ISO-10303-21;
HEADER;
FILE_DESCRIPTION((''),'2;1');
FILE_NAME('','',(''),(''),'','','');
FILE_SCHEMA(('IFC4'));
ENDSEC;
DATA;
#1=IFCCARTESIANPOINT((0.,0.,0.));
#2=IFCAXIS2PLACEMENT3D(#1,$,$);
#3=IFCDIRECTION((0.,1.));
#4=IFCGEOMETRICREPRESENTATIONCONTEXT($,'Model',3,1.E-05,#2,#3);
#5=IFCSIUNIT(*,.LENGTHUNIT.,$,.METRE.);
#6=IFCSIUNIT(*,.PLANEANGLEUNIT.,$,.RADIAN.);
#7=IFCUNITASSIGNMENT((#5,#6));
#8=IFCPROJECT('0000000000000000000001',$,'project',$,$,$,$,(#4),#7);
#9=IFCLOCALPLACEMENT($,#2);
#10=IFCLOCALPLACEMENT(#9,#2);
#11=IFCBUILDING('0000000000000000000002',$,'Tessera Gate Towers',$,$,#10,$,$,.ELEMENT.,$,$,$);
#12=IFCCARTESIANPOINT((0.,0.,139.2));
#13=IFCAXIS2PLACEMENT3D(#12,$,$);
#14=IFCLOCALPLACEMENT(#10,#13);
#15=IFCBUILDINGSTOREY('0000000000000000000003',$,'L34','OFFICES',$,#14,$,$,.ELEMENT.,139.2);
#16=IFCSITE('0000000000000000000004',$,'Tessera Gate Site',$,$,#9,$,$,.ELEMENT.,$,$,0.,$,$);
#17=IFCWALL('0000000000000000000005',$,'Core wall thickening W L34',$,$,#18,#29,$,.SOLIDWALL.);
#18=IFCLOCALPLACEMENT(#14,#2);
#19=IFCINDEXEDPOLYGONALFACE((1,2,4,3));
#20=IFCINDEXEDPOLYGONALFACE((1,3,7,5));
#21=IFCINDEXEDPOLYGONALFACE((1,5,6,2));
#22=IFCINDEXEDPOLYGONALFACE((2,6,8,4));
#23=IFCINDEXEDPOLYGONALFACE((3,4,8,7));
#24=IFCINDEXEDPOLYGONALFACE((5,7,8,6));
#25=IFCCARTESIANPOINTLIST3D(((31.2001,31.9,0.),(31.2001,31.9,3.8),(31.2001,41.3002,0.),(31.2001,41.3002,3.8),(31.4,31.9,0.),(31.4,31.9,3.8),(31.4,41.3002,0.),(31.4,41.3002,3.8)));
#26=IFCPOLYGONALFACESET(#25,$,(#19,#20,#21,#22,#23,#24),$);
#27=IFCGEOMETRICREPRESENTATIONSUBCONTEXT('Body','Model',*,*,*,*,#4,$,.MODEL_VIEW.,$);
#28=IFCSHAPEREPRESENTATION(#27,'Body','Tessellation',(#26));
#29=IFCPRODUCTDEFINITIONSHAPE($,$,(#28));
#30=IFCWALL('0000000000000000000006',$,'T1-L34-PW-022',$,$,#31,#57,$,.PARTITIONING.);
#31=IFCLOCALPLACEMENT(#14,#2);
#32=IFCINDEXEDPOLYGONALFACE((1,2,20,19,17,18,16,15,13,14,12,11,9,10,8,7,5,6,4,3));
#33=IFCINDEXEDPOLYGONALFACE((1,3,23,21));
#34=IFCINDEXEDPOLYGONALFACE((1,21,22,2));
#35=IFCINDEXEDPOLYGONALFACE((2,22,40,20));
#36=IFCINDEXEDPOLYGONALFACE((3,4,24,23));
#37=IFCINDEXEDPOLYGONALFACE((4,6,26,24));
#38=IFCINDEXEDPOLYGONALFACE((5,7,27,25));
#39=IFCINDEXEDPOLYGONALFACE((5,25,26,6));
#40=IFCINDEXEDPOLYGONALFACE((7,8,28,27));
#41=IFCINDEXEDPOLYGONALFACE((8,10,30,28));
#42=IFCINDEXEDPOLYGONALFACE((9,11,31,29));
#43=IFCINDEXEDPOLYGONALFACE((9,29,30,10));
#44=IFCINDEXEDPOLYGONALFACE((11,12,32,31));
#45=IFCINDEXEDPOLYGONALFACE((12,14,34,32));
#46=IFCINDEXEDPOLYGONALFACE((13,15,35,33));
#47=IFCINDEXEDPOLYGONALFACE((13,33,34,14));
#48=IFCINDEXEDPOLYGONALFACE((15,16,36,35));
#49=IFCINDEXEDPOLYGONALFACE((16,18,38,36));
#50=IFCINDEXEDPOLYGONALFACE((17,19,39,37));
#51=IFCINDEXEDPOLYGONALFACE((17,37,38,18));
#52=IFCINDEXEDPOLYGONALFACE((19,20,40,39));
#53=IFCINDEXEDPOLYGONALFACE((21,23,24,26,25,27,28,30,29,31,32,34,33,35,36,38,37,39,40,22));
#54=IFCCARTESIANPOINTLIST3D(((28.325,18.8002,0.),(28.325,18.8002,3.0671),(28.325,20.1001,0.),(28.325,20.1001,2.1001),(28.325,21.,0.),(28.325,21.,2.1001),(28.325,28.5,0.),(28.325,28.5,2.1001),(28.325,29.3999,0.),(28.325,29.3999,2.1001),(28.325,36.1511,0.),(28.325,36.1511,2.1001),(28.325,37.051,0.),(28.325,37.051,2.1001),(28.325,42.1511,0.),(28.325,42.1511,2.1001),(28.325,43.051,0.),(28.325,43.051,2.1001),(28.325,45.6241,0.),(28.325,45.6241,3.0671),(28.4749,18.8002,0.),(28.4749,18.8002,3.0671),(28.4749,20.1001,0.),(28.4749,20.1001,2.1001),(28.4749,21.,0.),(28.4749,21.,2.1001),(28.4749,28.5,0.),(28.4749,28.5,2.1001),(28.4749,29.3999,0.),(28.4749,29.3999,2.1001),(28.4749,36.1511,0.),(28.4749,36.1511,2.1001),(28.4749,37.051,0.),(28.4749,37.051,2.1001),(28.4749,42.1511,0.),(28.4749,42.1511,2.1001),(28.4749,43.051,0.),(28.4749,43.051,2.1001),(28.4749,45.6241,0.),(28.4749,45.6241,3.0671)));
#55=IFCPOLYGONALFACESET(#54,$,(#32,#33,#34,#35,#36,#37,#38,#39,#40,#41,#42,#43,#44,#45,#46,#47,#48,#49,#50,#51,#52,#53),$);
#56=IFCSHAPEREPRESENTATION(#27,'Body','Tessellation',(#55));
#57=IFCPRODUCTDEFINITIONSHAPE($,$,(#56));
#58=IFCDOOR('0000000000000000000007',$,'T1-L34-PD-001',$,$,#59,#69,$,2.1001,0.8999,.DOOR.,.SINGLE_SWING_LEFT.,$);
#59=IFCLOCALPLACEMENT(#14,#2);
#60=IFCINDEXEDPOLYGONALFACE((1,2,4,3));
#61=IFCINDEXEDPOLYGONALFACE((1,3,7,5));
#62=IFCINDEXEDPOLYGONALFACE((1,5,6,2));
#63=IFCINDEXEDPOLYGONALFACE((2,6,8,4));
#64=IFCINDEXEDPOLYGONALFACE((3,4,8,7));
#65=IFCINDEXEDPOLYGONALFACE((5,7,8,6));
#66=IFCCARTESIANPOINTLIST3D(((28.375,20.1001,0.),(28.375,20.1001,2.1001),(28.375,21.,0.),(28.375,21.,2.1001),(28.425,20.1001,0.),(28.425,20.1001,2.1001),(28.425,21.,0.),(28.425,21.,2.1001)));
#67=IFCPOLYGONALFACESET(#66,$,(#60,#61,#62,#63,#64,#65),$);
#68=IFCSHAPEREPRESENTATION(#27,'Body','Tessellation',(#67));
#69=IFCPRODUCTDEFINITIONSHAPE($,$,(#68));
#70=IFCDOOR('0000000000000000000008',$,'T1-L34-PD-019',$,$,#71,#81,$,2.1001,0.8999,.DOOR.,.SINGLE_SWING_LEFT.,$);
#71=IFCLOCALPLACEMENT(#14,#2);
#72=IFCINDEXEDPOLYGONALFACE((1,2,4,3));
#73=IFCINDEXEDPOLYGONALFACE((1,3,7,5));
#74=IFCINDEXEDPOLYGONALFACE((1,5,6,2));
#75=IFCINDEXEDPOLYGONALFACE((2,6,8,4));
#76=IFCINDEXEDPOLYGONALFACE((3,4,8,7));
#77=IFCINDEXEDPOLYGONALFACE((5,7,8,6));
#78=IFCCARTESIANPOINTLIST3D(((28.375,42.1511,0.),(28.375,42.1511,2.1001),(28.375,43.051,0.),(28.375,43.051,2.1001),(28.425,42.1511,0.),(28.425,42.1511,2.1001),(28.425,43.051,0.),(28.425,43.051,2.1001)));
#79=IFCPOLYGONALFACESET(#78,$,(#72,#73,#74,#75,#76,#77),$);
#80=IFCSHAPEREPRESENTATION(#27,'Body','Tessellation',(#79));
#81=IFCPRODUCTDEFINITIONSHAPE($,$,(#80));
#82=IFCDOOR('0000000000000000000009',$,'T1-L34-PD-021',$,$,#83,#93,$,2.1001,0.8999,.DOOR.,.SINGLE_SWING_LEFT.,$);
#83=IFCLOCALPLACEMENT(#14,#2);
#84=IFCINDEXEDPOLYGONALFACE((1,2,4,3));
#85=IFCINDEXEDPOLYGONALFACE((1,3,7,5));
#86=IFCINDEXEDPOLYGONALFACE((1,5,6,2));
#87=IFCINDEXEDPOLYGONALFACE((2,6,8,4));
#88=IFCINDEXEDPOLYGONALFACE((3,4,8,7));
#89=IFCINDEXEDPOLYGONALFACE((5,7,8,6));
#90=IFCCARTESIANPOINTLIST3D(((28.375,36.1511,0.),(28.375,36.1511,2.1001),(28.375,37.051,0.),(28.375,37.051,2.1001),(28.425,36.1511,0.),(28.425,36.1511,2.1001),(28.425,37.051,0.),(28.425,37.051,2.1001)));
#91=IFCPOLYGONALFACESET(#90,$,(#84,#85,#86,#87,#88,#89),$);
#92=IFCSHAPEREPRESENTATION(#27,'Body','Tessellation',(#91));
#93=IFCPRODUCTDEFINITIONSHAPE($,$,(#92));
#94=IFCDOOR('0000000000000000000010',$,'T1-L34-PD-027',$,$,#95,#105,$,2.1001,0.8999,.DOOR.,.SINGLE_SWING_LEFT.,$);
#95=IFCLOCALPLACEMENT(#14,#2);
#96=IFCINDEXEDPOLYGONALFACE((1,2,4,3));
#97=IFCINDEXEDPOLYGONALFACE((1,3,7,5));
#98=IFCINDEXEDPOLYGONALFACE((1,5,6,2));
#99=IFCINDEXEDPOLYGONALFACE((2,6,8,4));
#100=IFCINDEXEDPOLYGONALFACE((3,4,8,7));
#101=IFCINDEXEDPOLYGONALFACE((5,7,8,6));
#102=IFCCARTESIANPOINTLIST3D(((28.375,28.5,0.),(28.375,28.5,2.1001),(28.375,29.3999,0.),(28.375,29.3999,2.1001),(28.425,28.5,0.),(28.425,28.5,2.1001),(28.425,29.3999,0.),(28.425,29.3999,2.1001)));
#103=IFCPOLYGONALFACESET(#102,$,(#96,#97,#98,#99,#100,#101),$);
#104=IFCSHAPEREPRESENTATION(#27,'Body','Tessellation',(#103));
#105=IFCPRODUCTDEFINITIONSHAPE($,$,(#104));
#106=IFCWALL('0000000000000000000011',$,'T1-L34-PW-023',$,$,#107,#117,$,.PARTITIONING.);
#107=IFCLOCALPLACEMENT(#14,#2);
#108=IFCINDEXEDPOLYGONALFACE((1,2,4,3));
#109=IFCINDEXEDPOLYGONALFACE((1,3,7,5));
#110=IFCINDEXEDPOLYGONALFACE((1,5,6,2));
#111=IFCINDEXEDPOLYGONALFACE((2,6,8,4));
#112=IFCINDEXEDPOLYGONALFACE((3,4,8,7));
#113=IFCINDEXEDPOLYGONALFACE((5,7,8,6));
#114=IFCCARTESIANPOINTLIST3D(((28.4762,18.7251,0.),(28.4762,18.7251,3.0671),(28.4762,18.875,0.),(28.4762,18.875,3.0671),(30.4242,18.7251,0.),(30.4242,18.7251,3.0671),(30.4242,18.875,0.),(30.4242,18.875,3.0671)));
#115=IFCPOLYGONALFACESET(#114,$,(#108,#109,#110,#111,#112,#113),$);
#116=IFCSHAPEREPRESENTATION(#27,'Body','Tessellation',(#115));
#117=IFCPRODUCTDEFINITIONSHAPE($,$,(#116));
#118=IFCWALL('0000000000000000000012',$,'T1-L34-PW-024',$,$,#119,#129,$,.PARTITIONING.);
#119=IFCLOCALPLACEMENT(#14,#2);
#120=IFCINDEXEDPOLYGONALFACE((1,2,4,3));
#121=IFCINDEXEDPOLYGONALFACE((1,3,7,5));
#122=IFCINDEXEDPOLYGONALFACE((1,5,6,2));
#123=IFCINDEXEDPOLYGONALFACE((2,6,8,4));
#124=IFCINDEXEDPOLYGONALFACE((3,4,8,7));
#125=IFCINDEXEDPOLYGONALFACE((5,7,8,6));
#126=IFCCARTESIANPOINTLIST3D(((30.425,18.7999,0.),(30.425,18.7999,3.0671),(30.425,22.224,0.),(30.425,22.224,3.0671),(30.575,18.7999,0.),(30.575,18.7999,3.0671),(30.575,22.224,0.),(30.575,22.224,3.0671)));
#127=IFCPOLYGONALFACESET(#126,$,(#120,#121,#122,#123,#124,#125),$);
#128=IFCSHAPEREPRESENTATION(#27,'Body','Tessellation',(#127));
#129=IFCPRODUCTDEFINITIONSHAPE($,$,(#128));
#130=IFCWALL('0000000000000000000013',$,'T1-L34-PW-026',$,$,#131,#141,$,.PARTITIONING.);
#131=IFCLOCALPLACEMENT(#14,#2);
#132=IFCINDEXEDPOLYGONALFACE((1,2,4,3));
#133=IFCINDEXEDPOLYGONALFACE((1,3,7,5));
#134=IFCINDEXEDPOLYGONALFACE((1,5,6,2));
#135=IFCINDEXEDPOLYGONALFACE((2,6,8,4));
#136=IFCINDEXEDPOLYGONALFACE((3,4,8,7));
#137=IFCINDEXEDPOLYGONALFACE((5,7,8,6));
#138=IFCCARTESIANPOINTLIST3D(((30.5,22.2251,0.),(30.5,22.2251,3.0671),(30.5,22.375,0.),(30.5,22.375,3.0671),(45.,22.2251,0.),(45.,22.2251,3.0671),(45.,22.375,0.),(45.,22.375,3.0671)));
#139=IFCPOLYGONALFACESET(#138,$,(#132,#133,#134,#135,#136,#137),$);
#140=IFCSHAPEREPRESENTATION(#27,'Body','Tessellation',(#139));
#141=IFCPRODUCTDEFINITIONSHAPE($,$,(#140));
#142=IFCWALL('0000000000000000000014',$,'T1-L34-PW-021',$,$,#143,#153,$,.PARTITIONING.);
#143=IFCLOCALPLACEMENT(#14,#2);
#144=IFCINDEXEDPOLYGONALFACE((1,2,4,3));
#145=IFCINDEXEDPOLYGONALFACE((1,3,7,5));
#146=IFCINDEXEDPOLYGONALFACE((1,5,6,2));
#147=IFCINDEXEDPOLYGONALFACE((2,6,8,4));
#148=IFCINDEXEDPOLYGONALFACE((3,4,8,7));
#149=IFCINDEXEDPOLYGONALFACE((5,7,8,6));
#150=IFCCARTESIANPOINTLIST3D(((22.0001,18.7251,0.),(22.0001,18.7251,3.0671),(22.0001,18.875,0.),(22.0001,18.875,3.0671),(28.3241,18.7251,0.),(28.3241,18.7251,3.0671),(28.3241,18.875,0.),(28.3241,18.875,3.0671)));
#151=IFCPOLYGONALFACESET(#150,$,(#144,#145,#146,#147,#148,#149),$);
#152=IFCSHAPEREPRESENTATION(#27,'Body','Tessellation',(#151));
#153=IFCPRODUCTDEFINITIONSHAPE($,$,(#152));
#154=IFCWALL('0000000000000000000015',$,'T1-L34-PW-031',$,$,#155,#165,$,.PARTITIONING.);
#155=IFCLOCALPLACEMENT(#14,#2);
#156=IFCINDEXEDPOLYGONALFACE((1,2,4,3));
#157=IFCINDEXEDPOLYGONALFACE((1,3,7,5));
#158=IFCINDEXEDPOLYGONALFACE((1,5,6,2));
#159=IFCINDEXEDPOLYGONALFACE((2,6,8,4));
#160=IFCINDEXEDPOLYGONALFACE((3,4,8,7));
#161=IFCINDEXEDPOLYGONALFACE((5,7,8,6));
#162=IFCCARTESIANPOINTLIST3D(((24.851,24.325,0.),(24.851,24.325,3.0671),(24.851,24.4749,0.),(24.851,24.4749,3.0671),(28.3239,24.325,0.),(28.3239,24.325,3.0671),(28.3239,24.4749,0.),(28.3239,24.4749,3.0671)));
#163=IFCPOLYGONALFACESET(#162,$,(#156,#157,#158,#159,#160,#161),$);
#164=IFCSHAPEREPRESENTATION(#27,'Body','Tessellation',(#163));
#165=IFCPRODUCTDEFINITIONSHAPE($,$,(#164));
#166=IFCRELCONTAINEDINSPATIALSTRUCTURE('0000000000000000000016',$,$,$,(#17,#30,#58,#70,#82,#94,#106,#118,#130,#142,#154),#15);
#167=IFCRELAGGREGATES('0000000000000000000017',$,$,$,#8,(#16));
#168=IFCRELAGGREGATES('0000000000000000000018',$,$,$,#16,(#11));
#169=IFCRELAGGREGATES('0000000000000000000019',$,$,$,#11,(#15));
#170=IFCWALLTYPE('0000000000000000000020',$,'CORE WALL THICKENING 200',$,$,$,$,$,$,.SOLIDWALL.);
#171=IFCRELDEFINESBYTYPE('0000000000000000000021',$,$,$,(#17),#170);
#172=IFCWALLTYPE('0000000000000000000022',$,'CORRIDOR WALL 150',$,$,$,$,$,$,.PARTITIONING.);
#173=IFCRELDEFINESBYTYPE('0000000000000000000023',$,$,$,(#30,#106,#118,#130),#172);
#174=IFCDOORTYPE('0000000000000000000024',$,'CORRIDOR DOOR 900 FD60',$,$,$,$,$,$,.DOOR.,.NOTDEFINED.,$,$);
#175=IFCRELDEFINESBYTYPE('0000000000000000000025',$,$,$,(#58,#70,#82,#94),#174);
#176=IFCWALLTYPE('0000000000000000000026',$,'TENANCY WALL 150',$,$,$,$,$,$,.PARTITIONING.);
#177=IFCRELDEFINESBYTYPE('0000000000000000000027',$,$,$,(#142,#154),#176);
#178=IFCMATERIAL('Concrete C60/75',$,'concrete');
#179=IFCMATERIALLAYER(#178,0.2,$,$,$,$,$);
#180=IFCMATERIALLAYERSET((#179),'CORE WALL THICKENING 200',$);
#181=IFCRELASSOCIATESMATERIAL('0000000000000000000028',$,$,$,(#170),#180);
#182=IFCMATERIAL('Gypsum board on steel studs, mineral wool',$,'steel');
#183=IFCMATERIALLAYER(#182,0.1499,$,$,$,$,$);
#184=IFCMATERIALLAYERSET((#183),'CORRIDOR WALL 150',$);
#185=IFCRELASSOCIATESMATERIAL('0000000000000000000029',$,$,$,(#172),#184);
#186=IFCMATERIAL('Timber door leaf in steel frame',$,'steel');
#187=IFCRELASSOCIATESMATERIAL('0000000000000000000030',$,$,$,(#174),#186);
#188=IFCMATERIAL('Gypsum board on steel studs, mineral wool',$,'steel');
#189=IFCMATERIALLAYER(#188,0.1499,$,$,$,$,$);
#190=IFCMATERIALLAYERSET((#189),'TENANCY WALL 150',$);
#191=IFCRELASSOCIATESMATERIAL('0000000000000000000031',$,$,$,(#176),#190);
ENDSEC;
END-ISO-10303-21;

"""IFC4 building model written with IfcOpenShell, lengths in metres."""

from ifc_helpers import new_model, si_unit, direction, frame, frame_2d, origin, place, context, subcontext, project, spatial, rectangle, extrude, source, transform, mapped, material, layer, layer_set, type_object, element, fill, save


model = new_model("IFC4")

# Units and contexts
model_context = context("Model", 3, precision=1e-05, world=origin(), true_north=direction((0.0, 1.0)))
body_context = subcontext(model_context, "Body", "Model", "MODEL_VIEW")
ifc_project = project(units=[si_unit("LENGTHUNIT", "METRE"), si_unit("PLANEANGLEUNIT", "RADIAN")], contexts=[model_context])

# Site, building, storey
site_placement = place(None, origin())
site = spatial("IfcSite", under=ifc_project, at=site_placement, Name="Tessera Gate Site", CompositionType="ELEMENT", RefElevation=0.0)
building_placement = place(site_placement, origin())
building = spatial("IfcBuilding", under=site, at=building_placement, Name="Tessera Gate Towers", CompositionType="ELEMENT")
storey_placement = place(building_placement, frame((0.0, 0.0, 139.2)))
storey = spatial("IfcBuildingStorey", under=building, at=storey_placement, Name="L34", Description="OFFICES", CompositionType="ELEMENT", Elevation=139.2)

# Shared definitions
shared_shape_1 = source(origin(), body_context, "Body", "SweptSolid", [
    extrude(rectangle(XDim=0.8999, YDim=2.1001, at=frame_2d((0.45, 1.05))), frame((0.0, 0.0249, 0.0), z_axis=(0.0, -1.0, 0.0), x_axis=(1.0, 0.0, 0.0)), (0.0, 0.0, 1.0), 0.05),
])

# Wall
ifc_material_1 = material(Name="Concrete C60/75", Category="concrete")
ifc_layer_1 = layer(ifc_material_1, 0.2)
ifc_layer_set_1 = layer_set([ifc_layer_1], Name="CORE WALL THICKENING 200")
wall_type_1 = type_object("IfcWallType", Name="CORE WALL THICKENING 200", PredefinedType="SOLIDWALL", material=ifc_layer_set_1)
wall_1_placement = place(storey_placement, frame((31.3, 31.8999, 0.0), z_axis=(0.0, 0.0, 1.0), x_axis=(0.0, 1.0, 0.0)))
element("IfcWall", 1, at=wall_1_placement, inside=storey, type_object=wall_type_1, Name="Core wall thickening W L34", PredefinedType="SOLIDWALL", context=body_context, shape_type="SweptSolid", body=[
    extrude(rectangle(XDim=9.4001, YDim=0.2, at=frame_2d((4.7002, 0.0))), origin(), (0.0, 0.0, 1.0), 3.8),
])

# Wall, openings, doors
ifc_material_2 = material(Name="Gypsum board on steel studs, mineral wool", Category="steel")
ifc_layer_2 = layer(ifc_material_2, 0.1499)
ifc_layer_set_2 = layer_set([ifc_layer_2], Name="CORRIDOR WALL 150")
wall_type_2 = type_object("IfcWallType", Name="CORRIDOR WALL 150", PredefinedType="PARTITIONING", material=ifc_layer_set_2)
wall_2_placement = place(storey_placement, frame((28.3999, 18.8, 0.0), z_axis=(0.0, 0.0, 1.0), x_axis=(0.0, 1.0, 0.0)))
wall_2 = element("IfcWall", 2, at=wall_2_placement, inside=storey, type_object=wall_type_2, Name="T1-L34-PW-022", PredefinedType="PARTITIONING", context=body_context, shape_type="SweptSolid", body=[
    extrude(rectangle(XDim=26.824, YDim=0.1499, at=frame_2d((13.4121, 0.0))), origin(), (0.0, 0.0, 1.0), 3.0671),
])
shared_shape_2 = source(origin(), body_context, "Body", "SweptSolid", [
    extrude(rectangle(XDim=0.8999, YDim=2.1001, at=frame_2d((0.45, 1.05))), frame((0.0, 0.085, 0.0), z_axis=(0.0, -1.0, 0.0), x_axis=(1.0, 0.0, 0.0)), (0.0, 0.0, 1.0), 0.1699),
])
opening_1_placement = place(wall_2_placement, frame((1.3, 0.0, 0.0)))
opening_1 = element("IfcOpeningElement", 3, at=opening_1_placement, cuts=wall_2, PredefinedType="OPENING", context=body_context, shape_type="MappedRepresentation", body=[
    mapped(shared_shape_2, transform((0.0, 0.0, 0.0), scale=1.0)),
])
opening_2_placement = place(wall_2_placement, frame((23.3511, 0.0, 0.0)))
opening_2 = element("IfcOpeningElement", 4, at=opening_2_placement, cuts=wall_2, PredefinedType="OPENING", context=body_context, shape_type="MappedRepresentation", body=[
    mapped(shared_shape_2, transform((0.0, 0.0, 0.0), scale=1.0)),
])
opening_3_placement = place(wall_2_placement, frame((17.3511, 0.0, 0.0)))
opening_3 = element("IfcOpeningElement", 5, at=opening_3_placement, cuts=wall_2, PredefinedType="OPENING", context=body_context, shape_type="MappedRepresentation", body=[
    mapped(shared_shape_2, transform((0.0, 0.0, 0.0), scale=1.0)),
])
opening_4_placement = place(wall_2_placement, frame((9.7, 0.0, 0.0)))
opening_4 = element("IfcOpeningElement", 6, at=opening_4_placement, cuts=wall_2, PredefinedType="OPENING", context=body_context, shape_type="MappedRepresentation", body=[
    mapped(shared_shape_2, transform((0.0, 0.0, 0.0), scale=1.0)),
])
ifc_material_3 = material(Name="Timber door leaf in steel frame", Category="steel")
door_type_1 = type_object("IfcDoorType", Name="CORRIDOR DOOR 900 FD60", OperationType="NOTDEFINED", PredefinedType="DOOR", material=ifc_material_3)
door_1_placement = place(opening_1_placement, origin())
door_1 = element("IfcDoor", 7, at=door_1_placement, inside=storey, type_object=door_type_1, Name="T1-L34-PD-001", OperationType="SINGLE_SWING_LEFT", OverallHeight=2.1001, OverallWidth=0.8999, PredefinedType="DOOR", context=body_context, shape_type="MappedRepresentation", body=[
    mapped(shared_shape_1, transform((0.0, 0.0, 0.0), scale=1.0)),
])
fill(opening_1, door_1)
door_2_placement = place(opening_2_placement, origin())
door_2 = element("IfcDoor", 8, at=door_2_placement, inside=storey, type_object=door_type_1, Name="T1-L34-PD-019", OperationType="SINGLE_SWING_LEFT", OverallHeight=2.1001, OverallWidth=0.8999, PredefinedType="DOOR", context=body_context, shape_type="MappedRepresentation", body=[
    mapped(shared_shape_1, transform((0.0, 0.0, 0.0), scale=1.0)),
])
fill(opening_2, door_2)
door_3_placement = place(opening_3_placement, origin())
door_3 = element("IfcDoor", 9, at=door_3_placement, inside=storey, type_object=door_type_1, Name="T1-L34-PD-021", OperationType="SINGLE_SWING_LEFT", OverallHeight=2.1001, OverallWidth=0.8999, PredefinedType="DOOR", context=body_context, shape_type="MappedRepresentation", body=[
    mapped(shared_shape_1, transform((0.0, 0.0, 0.0), scale=1.0)),
])
fill(opening_3, door_3)
door_4_placement = place(opening_4_placement, origin())
door_4 = element("IfcDoor", 10, at=door_4_placement, inside=storey, type_object=door_type_1, Name="T1-L34-PD-027", OperationType="SINGLE_SWING_LEFT", OverallHeight=2.1001, OverallWidth=0.8999, PredefinedType="DOOR", context=body_context, shape_type="MappedRepresentation", body=[
    mapped(shared_shape_1, transform((0.0, 0.0, 0.0), scale=1.0)),
])
fill(opening_4, door_4)

# Walls
wall_3_placement = place(storey_placement, frame((28.4761, 18.8, 0.0), z_axis=(0.0, 0.0, 1.0), x_axis=(1.0, 0.0, 0.0)))
element("IfcWall", 11, at=wall_3_placement, inside=storey, type_object=wall_type_2, Name="T1-L34-PW-023", PredefinedType="PARTITIONING", context=body_context, shape_type="SweptSolid", body=[
    extrude(rectangle(XDim=1.948, YDim=0.1499, at=frame_2d((0.9741, 0.0))), origin(), (0.0, 0.0, 1.0), 3.0671),
])
wall_4_placement = place(storey_placement, frame((30.5, 18.8, 0.0), z_axis=(0.0, 0.0, 1.0), x_axis=(0.0, 1.0, 0.0)))
element("IfcWall", 12, at=wall_4_placement, inside=storey, type_object=wall_type_2, Name="T1-L34-PW-024", PredefinedType="PARTITIONING", context=body_context, shape_type="SweptSolid", body=[
    extrude(rectangle(XDim=3.4241, YDim=0.1499, at=frame_2d((1.7119, 0.0))), origin(), (0.0, 0.0, 1.0), 3.0671),
])
wall_5_placement = place(storey_placement, frame((30.5, 22.3, 0.0), z_axis=(0.0, 0.0, 1.0), x_axis=(1.0, 0.0, 0.0)))
element("IfcWall", 13, at=wall_5_placement, inside=storey, type_object=wall_type_2, Name="T1-L34-PW-026", PredefinedType="PARTITIONING", context=body_context, shape_type="SweptSolid", body=[
    extrude(rectangle(XDim=14.5, YDim=0.1499, at=frame_2d((7.25, 0.0))), origin(), (0.0, 0.0, 1.0), 3.0671),
])
ifc_material_4 = material(Name="Gypsum board on steel studs, mineral wool", Category="steel")
ifc_layer_3 = layer(ifc_material_4, 0.1499)
ifc_layer_set_3 = layer_set([ifc_layer_3], Name="TENANCY WALL 150")
wall_type_3 = type_object("IfcWallType", Name="TENANCY WALL 150", PredefinedType="PARTITIONING", material=ifc_layer_set_3)
wall_6_placement = place(storey_placement, frame((22.0, 18.8, 0.0), z_axis=(0.0, 0.0, 1.0), x_axis=(1.0, 0.0, 0.0)))
element("IfcWall", 14, at=wall_6_placement, inside=storey, type_object=wall_type_3, Name="T1-L34-PW-021", PredefinedType="PARTITIONING", context=body_context, shape_type="SweptSolid", body=[
    extrude(rectangle(XDim=6.324, YDim=0.1499, at=frame_2d((3.1621, 0.0))), origin(), (0.0, 0.0, 1.0), 3.0671),
])
wall_7_placement = place(storey_placement, frame((24.8511, 24.3999, 0.0), z_axis=(0.0, 0.0, 1.0), x_axis=(1.0, 0.0, 0.0)))
element("IfcWall", 15, at=wall_7_placement, inside=storey, type_object=wall_type_3, Name="T1-L34-PW-031", PredefinedType="PARTITIONING", context=body_context, shape_type="SweptSolid", body=[
    extrude(rectangle(XDim=3.4729, YDim=0.1499, at=frame_2d((1.7363, 0.0))), origin(), (0.0, 0.0, 1.0), 3.0671),
])

save(model, "model.ifc")
